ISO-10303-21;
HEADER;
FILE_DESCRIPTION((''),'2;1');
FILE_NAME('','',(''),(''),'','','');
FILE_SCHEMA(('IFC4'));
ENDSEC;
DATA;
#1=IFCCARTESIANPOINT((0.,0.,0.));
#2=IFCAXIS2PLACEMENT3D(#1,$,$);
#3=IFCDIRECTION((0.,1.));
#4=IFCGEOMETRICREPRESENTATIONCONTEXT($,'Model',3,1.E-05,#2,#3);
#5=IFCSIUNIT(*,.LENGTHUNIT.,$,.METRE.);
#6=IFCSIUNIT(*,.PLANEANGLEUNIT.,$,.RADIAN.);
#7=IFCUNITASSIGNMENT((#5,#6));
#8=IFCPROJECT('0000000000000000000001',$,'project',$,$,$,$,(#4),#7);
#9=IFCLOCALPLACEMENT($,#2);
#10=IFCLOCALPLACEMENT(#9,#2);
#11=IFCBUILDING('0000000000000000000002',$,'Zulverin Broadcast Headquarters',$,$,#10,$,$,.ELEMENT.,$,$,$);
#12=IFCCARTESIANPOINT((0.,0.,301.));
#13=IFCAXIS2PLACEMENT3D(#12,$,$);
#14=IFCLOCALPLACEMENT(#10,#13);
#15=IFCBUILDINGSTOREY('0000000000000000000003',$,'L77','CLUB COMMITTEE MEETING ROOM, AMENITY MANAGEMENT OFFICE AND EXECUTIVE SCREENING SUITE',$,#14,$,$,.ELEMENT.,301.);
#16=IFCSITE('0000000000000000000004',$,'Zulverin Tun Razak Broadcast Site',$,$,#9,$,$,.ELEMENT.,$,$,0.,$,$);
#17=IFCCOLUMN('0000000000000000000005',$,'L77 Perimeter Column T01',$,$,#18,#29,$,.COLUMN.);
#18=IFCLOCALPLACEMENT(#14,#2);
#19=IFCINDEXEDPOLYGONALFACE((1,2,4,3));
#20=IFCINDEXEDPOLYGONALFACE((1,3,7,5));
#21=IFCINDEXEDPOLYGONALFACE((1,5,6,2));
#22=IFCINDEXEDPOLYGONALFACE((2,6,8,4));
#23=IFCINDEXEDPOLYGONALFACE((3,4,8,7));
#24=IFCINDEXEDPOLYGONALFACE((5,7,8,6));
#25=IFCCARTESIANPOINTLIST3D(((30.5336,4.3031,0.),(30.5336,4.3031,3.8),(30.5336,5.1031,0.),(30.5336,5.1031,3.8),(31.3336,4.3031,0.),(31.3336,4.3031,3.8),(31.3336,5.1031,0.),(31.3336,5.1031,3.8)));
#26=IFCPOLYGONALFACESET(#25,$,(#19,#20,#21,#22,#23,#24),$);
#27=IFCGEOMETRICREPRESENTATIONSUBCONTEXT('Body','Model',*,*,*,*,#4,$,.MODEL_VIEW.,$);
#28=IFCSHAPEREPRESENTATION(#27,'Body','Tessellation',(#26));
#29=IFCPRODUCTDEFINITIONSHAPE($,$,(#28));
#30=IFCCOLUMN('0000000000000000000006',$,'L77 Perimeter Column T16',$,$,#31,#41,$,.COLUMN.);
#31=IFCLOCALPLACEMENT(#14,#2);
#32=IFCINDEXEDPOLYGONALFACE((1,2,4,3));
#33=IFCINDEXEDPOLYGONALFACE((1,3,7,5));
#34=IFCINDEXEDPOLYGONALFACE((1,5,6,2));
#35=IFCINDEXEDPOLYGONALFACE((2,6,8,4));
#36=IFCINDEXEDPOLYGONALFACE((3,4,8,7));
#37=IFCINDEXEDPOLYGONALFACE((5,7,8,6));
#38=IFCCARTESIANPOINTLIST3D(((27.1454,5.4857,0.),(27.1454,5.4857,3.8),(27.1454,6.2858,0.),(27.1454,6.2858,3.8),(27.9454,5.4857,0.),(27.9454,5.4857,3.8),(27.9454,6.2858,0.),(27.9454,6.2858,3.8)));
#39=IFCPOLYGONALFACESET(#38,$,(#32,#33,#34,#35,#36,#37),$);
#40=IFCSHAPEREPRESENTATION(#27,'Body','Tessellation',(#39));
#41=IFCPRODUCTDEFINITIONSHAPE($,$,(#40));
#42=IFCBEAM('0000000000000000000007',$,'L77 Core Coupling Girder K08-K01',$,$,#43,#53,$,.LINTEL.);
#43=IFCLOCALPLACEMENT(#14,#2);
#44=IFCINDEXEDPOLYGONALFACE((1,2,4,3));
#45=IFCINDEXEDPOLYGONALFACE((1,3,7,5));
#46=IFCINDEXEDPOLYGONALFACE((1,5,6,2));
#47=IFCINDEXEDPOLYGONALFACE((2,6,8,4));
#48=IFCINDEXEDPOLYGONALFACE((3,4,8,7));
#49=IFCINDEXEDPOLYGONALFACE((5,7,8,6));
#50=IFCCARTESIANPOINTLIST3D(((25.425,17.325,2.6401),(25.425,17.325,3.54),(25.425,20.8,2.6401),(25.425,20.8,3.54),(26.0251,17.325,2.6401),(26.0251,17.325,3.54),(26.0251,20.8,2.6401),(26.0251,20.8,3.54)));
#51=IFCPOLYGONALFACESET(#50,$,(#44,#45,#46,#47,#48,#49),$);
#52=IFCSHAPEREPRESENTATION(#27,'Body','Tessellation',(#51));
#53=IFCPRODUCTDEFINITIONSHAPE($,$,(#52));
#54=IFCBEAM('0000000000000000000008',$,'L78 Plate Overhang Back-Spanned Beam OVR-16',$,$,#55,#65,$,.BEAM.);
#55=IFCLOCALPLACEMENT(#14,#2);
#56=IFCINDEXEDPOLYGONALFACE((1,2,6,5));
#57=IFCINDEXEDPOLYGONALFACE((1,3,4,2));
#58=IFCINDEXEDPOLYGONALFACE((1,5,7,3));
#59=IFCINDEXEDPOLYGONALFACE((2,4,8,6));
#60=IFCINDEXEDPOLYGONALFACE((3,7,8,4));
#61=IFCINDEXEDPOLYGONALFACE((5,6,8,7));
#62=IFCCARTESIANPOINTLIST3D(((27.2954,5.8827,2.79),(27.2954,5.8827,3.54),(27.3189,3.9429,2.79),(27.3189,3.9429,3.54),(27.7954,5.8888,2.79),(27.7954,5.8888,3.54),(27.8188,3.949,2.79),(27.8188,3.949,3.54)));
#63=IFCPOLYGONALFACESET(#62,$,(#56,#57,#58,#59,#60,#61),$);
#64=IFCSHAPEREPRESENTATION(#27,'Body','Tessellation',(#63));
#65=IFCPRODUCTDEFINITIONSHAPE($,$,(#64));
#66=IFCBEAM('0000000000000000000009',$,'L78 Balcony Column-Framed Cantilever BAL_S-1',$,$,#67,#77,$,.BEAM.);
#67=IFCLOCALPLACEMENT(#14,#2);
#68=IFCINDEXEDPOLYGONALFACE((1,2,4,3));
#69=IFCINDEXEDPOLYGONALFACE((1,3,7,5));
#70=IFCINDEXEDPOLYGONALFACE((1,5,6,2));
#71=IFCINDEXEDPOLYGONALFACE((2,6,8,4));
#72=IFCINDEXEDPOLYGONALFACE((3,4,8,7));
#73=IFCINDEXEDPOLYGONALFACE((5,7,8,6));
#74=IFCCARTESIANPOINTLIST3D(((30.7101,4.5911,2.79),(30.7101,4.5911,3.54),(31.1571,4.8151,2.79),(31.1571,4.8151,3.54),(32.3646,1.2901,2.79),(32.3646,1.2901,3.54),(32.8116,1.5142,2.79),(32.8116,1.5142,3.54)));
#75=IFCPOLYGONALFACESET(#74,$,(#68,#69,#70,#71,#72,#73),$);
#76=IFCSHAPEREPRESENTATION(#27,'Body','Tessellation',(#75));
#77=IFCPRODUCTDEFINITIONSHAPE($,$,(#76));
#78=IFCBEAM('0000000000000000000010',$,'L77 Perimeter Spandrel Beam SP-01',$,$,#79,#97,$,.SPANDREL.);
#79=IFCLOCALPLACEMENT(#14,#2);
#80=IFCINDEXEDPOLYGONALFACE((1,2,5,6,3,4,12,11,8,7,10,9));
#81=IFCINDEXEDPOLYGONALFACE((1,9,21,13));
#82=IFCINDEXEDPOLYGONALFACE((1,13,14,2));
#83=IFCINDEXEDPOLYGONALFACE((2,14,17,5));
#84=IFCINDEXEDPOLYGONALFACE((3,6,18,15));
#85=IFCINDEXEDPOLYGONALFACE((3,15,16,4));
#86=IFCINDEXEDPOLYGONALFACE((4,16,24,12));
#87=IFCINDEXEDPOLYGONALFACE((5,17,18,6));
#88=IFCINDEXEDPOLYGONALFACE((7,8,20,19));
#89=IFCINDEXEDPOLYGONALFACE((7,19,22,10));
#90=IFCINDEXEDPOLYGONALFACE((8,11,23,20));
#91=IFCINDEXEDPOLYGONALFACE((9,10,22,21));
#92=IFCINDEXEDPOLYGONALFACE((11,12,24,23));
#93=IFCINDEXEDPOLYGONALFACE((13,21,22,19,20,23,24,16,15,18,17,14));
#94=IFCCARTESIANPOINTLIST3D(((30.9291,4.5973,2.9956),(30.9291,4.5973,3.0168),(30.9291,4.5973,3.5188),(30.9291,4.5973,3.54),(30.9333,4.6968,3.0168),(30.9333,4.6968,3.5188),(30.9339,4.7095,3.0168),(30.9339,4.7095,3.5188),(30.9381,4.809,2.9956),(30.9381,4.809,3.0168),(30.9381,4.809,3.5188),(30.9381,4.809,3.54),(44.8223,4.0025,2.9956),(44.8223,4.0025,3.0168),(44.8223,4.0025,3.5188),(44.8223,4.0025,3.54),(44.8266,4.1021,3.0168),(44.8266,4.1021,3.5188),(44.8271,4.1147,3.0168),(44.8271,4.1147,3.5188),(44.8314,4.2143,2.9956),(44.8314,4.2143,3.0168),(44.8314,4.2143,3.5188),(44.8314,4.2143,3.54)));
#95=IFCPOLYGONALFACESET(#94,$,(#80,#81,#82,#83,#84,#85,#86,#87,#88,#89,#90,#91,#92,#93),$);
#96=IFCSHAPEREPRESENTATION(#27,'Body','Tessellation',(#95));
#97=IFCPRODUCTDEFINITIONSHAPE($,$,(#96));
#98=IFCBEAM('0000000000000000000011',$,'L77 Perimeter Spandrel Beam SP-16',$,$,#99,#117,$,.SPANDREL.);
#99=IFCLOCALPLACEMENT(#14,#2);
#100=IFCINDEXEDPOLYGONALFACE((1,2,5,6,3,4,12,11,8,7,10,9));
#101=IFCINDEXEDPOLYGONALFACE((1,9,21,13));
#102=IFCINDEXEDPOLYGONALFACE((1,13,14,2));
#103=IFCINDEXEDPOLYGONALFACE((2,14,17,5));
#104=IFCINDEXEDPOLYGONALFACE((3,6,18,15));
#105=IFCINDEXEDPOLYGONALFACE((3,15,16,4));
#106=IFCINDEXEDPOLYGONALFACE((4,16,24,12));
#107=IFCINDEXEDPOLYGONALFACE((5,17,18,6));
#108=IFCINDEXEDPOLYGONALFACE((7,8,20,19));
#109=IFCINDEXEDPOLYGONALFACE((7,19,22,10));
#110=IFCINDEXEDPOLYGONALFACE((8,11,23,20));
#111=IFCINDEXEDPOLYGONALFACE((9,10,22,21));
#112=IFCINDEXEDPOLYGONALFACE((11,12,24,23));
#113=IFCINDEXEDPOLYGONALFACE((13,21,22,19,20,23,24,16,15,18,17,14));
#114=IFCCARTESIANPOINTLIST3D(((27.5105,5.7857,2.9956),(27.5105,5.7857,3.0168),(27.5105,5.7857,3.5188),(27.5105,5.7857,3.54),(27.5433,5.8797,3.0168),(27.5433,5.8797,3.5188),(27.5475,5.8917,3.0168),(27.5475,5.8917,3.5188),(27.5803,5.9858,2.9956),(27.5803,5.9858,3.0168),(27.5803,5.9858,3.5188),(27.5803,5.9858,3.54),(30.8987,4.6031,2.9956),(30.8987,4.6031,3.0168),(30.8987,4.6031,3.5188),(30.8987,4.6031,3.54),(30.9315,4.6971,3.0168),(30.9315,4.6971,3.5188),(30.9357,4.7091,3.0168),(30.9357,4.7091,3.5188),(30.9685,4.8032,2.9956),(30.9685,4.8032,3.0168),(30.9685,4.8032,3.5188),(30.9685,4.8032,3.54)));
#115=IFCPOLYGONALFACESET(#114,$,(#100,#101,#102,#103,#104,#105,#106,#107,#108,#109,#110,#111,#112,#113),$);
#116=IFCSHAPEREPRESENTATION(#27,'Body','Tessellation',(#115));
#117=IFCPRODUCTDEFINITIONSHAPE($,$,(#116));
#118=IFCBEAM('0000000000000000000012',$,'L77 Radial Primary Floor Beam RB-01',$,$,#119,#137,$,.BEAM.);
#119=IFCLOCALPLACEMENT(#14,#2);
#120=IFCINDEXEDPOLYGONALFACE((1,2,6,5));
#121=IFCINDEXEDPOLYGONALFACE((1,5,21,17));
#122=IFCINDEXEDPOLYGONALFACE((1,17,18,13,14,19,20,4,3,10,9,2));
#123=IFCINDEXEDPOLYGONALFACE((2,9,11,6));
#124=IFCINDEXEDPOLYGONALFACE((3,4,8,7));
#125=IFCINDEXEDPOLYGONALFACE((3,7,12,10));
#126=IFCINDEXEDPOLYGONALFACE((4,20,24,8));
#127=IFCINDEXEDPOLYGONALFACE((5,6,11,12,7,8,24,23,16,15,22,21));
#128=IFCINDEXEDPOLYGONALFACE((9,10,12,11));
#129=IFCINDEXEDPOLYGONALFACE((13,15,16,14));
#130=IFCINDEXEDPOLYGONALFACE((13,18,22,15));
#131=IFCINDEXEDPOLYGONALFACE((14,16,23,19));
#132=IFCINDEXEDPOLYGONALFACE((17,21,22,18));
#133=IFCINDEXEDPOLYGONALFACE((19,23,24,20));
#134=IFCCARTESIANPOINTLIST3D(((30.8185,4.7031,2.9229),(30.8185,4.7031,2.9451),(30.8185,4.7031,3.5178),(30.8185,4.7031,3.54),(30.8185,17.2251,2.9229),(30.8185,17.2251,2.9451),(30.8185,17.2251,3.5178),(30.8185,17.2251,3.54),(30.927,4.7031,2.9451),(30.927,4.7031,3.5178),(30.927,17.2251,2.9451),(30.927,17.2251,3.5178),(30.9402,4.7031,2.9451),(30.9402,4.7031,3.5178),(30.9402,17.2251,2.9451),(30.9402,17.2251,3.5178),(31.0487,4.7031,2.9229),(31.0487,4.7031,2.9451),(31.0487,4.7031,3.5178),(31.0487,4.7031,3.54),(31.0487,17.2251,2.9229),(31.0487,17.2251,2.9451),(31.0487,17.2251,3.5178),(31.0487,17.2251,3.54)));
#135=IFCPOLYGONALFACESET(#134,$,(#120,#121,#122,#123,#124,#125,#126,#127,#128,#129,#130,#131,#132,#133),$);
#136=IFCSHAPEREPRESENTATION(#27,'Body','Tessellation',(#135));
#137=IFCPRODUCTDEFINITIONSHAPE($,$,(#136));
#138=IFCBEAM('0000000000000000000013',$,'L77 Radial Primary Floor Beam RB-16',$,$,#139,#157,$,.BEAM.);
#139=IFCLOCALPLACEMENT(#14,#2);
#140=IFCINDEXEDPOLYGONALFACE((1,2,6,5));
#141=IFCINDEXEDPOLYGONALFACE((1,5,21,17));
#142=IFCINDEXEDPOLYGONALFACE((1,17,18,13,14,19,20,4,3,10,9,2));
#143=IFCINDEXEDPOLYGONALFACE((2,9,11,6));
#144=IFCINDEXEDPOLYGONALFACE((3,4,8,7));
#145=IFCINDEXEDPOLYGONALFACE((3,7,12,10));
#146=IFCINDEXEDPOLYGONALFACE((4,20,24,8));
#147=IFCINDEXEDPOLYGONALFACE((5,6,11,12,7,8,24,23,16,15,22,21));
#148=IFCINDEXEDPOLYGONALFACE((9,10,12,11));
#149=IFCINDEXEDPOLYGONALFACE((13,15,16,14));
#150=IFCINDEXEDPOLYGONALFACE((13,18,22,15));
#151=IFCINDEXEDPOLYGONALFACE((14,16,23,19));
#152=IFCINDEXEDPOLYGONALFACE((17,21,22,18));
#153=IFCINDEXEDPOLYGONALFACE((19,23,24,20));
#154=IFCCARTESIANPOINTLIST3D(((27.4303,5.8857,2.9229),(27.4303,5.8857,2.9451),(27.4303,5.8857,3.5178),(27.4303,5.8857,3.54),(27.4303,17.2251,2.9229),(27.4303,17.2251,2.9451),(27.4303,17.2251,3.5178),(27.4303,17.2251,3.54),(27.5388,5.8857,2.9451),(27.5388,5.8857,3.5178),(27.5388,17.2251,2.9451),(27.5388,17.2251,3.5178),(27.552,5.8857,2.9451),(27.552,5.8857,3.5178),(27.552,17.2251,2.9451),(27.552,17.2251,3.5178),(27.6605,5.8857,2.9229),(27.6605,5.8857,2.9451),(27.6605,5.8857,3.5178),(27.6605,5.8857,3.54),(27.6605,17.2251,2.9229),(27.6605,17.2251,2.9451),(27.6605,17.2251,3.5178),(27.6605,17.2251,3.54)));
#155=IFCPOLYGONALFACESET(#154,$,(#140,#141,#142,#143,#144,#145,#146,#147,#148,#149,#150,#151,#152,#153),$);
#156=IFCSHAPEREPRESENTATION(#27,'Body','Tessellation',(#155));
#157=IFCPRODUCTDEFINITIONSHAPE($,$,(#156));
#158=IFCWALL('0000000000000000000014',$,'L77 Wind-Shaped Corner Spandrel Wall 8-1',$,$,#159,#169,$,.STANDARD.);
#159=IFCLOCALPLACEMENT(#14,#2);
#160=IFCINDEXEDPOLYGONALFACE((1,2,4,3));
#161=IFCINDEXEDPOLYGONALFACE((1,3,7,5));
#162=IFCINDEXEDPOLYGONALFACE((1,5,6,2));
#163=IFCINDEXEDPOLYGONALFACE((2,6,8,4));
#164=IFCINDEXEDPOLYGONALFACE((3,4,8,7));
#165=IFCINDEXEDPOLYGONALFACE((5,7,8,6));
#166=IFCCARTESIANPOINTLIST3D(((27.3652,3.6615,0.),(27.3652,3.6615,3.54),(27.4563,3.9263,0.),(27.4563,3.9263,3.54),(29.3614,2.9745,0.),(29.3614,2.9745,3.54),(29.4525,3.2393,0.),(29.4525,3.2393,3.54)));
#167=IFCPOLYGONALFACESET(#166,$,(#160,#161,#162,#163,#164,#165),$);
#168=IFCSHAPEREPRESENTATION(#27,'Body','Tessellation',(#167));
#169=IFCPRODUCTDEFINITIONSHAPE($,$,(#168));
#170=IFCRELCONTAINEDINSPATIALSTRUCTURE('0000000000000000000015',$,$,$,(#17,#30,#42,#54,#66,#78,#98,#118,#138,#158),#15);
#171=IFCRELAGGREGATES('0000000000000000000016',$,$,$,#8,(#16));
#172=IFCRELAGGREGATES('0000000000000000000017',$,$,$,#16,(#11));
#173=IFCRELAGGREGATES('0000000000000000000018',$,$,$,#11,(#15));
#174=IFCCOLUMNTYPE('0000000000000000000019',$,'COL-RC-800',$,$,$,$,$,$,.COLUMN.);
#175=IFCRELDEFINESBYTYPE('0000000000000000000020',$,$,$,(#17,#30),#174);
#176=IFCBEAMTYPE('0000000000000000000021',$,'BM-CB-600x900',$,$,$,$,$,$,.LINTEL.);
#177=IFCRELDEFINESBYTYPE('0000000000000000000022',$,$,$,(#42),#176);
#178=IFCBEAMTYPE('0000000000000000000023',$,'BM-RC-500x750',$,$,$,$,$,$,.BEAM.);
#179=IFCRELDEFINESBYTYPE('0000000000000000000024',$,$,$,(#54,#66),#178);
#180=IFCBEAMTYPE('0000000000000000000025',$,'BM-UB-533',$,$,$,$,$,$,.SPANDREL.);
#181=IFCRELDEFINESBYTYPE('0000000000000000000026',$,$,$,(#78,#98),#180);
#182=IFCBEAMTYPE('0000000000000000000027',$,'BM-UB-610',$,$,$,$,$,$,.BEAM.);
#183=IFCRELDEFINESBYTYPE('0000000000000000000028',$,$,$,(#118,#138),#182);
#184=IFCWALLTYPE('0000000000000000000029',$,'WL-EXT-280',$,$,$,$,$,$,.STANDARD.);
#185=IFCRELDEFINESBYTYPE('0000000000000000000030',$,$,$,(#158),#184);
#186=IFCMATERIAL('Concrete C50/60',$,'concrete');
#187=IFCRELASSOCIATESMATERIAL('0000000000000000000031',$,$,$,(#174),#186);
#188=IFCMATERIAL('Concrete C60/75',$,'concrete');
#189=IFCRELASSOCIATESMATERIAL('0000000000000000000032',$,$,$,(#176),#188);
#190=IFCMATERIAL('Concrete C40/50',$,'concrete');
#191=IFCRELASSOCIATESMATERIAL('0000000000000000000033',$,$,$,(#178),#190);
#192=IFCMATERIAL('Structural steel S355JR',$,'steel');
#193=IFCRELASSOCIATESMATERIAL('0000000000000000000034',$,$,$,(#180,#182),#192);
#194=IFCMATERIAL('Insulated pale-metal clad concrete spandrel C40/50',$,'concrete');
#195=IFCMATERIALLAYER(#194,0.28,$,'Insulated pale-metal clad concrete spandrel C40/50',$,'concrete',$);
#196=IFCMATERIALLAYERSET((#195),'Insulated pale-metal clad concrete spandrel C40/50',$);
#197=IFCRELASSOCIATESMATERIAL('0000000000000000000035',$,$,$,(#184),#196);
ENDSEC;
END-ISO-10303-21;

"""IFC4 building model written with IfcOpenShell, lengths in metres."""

from ifc_helpers import new_model, si_unit, direction, frame, frame_2d, origin, origin_2d, place, context, subcontext, project, spatial, rectangle, i_section, extrude, material, layer, layer_set, material_profile, profile_set, type_object, element, save


model = new_model("IFC4")

# Units and contexts
model_context = context("Model", 3, precision=1e-05, world=origin(), true_north=direction((0.0, 1.0)))
body_context = subcontext(model_context, "Body", "Model", "MODEL_VIEW")
ifc_project = project(units=[si_unit("LENGTHUNIT", "METRE"), si_unit("PLANEANGLEUNIT", "RADIAN")], contexts=[model_context])

# Site, building, storey
site_placement = place(None, origin())
site = spatial("IfcSite", under=ifc_project, at=site_placement, Name="Zulverin Tun Razak Broadcast Site", CompositionType="ELEMENT", RefElevation=0.0)
building_placement = place(site_placement, origin())
building = spatial("IfcBuilding", under=site, at=building_placement, Name="Zulverin Broadcast Headquarters", CompositionType="ELEMENT")
storey_placement = place(building_placement, frame((0.0, 0.0, 301.0)))
storey = spatial("IfcBuildingStorey", under=building, at=storey_placement, Name="L77", Description="CLUB COMMITTEE MEETING ROOM, AMENITY MANAGEMENT OFFICE AND EXECUTIVE SCREENING SUITE", CompositionType="ELEMENT", Elevation=301.0)

# Columns
ifc_material_1 = material(Name="Concrete C50/60", Category="concrete")
ifc_material_profile_1 = material_profile(ifc_material_1, rectangle(XDim=0.8, YDim=0.8, at=origin_2d()), Name="Concrete C50/60", Category="concrete")
ifc_profile_set_1 = profile_set([ifc_material_profile_1], Name="Concrete C50/60")
column_type = type_object("IfcColumnType", Name="COL-RC-800", PredefinedType="COLUMN", material=ifc_profile_set_1)
for number, where, z_axis, x_axis, name in (
    (1, (30.9336, 4.7031, 0.0), (0.0, 0.0, 1.0), (1.0, 0.0, 0.0), "L77 Perimeter Column T01"),
    (2, (27.5454, 5.8857, 0.0), (0.0, 0.0, 1.0), (1.0, 0.0, 0.0), "L77 Perimeter Column T16"),
):
    element("IfcColumn", number, at=place(storey_placement, frame(where, z_axis=z_axis, x_axis=x_axis)), inside=storey, type_object=column_type, Name=name, PredefinedType="COLUMN", context=body_context, shape_type="SweptSolid", body=[
        extrude(rectangle(XDim=0.8, YDim=0.8, at=origin_2d()), origin(), (0.0, 0.0, 1.0), 3.8),
    ])

# Beams
ifc_material_2 = material(Name="Concrete C60/75", Category="concrete")
ifc_material_profile_2 = material_profile(ifc_material_2, rectangle(XDim=0.6001, YDim=0.8999, at=origin_2d()), Name="Concrete C60/75", Category="concrete")
ifc_profile_set_2 = profile_set([ifc_material_profile_2], Name="Concrete C60/75")
beam_type_1 = type_object("IfcBeamType", Name="BM-CB-600x900", PredefinedType="LINTEL", material=ifc_profile_set_2)
beam_1_placement = place(storey_placement, frame((25.7251, 20.8, 3.0901), z_axis=(0.0, -1.0, 0.0), x_axis=(1.0, 0.0, 0.0)))
element("IfcBeam", 3, at=beam_1_placement, inside=storey, type_object=beam_type_1, Name="L77 Core Coupling Girder K08-K01", PredefinedType="LINTEL", context=body_context, shape_type="SweptSolid", body=[
    extrude(rectangle(XDim=0.6001, YDim=0.8999, at=origin_2d()), origin(), (0.0, 0.0, 1.0), 3.4751),
])
ifc_material_3 = material(Name="Concrete C40/50", Category="concrete")
ifc_material_profile_3 = material_profile(ifc_material_3, rectangle(XDim=0.5, YDim=0.75, at=origin_2d()), Name="Concrete C40/50", Category="concrete")
ifc_profile_set_3 = profile_set([ifc_material_profile_3], Name="Concrete C40/50")
beam_type_2 = type_object("IfcBeamType", Name="BM-RC-500x750", PredefinedType="BEAM", material=ifc_profile_set_3)
beam_2_placement = place(storey_placement, frame((27.5454, 5.8857, 3.165), z_axis=(0.012082, -0.999927, 0.0), x_axis=(0.999927, 0.012082, 0.0)))
element("IfcBeam", 4, at=beam_2_placement, inside=storey, type_object=beam_type_2, Name="L78 Plate Overhang Back-Spanned Beam OVR-16", PredefinedType="BEAM", context=body_context, shape_type="SweptSolid", body=[
    extrude(rectangle(XDim=0.5, YDim=0.75, at=origin_2d()), origin(), (0.0, 0.0, 1.0), 1.9399),
])
beam_3_placement = place(storey_placement, frame((30.9336, 4.7031, 3.165), z_axis=(0.448086, -0.89399, 0.0), x_axis=(0.89399, 0.448086, 0.0)))
element("IfcBeam", 5, at=beam_3_placement, inside=storey, type_object=beam_type_2, Name="L78 Balcony Column-Framed Cantilever BAL_S-1", PredefinedType="BEAM", context=body_context, shape_type="SweptSolid", body=[
    extrude(rectangle(XDim=0.5, YDim=0.75, at=origin_2d()), origin(), (0.0, 0.0, 1.0), 3.6924),
])
ifc_material_4 = material(Name="Structural steel S355JR", Category="steel")
ifc_material_profile_4 = material_profile(ifc_material_4, i_section(OverallWidth=0.2119, OverallDepth=0.5444, WebThickness=0.0127, FlangeThickness=0.0212, at=origin_2d()), Name="Structural steel S355JR", Category="steel")
ifc_profile_set_4 = profile_set([ifc_material_profile_4], Name="Structural steel S355JR")
beam_type_3 = type_object("IfcBeamType", Name="BM-UB-533", PredefinedType="SPANDREL", material=ifc_profile_set_4)
beam_4_placement = place(storey_placement, frame((30.9336, 4.7031, 3.2678), z_axis=(0.999085, -0.042768, 0.0), x_axis=(0.042768, 0.999085, 0.0)))
element("IfcBeam", 6, at=beam_4_placement, inside=storey, type_object=beam_type_3, Name="L77 Perimeter Spandrel Beam SP-01", PredefinedType="SPANDREL", context=body_context, shape_type="SweptSolid", body=[
    extrude(i_section(OverallWidth=0.2119, OverallDepth=0.5444, WebThickness=0.0127, FlangeThickness=0.0212, at=origin_2d()), origin(), (0.0, 0.0, 1.0), 13.906),
])
beam_5_placement = place(storey_placement, frame((27.5454, 5.8857, 3.2678), z_axis=(0.94414, -0.329544, 0.0), x_axis=(0.329544, 0.94414, 0.0)))
element("IfcBeam", 7, at=beam_5_placement, inside=storey, type_object=beam_type_3, Name="L77 Perimeter Spandrel Beam SP-16", PredefinedType="SPANDREL", context=body_context, shape_type="SweptSolid", body=[
    extrude(i_section(OverallWidth=0.2119, OverallDepth=0.5444, WebThickness=0.0127, FlangeThickness=0.0212, at=origin_2d()), origin(), (0.0, 0.0, 1.0), 3.5886),
])
ifc_material_profile_5 = material_profile(ifc_material_4, i_section(OverallWidth=0.2302, OverallDepth=0.6172, WebThickness=0.0132, FlangeThickness=0.0222, at=origin_2d()), Name="Structural steel S355JR", Category="steel")
ifc_profile_set_5 = profile_set([ifc_material_profile_5], Name="Structural steel S355JR")
beam_type_4 = type_object("IfcBeamType", Name="BM-UB-610", PredefinedType="BEAM", material=ifc_profile_set_5)
beam_6_placement = place(storey_placement, frame((30.9336, 17.2251, 3.2314), z_axis=(0.0, -1.0, 0.0), x_axis=(1.0, 0.0, 0.0)))
element("IfcBeam", 8, at=beam_6_placement, inside=storey, type_object=beam_type_4, Name="L77 Radial Primary Floor Beam RB-01", PredefinedType="BEAM", context=body_context, shape_type="SweptSolid", body=[
    extrude(i_section(OverallWidth=0.2302, OverallDepth=0.6172, WebThickness=0.0132, FlangeThickness=0.0222, at=origin_2d()), origin(), (0.0, 0.0, 1.0), 12.522),
])
beam_7_placement = place(storey_placement, frame((27.5454, 17.2251, 3.2314), z_axis=(0.0, -1.0, 0.0), x_axis=(1.0, 0.0, 0.0)))
element("IfcBeam", 9, at=beam_7_placement, inside=storey, type_object=beam_type_4, Name="L77 Radial Primary Floor Beam RB-16", PredefinedType="BEAM", context=body_context, shape_type="SweptSolid", body=[
    extrude(i_section(OverallWidth=0.2302, OverallDepth=0.6172, WebThickness=0.0132, FlangeThickness=0.0222, at=origin_2d()), origin(), (0.0, 0.0, 1.0), 11.3394),
])

# Wall
ifc_material_5 = material(Name="Insulated pale-metal clad concrete spandrel C40/50", Category="concrete")
ifc_layer_1 = layer(ifc_material_5, 0.28, Name="Insulated pale-metal clad concrete spandrel C40/50", Category="concrete")
ifc_layer_set_1 = layer_set([ifc_layer_1], Name="Insulated pale-metal clad concrete spandrel C40/50")
wall_type_1 = type_object("IfcWallType", Name="WL-EXT-280", PredefinedType="STANDARD", material=ifc_layer_set_1)
wall_1_placement = place(storey_placement, frame((27.4106, 3.7939, 0.0), z_axis=(0.0, 0.0, 1.0), x_axis=(0.945562, -0.325442, 0.0)))
element("IfcWall", 10, at=wall_1_placement, inside=storey, type_object=wall_type_1, Name="L77 Wind-Shaped Corner Spandrel Wall 8-1", PredefinedType="STANDARD", context=body_context, shape_type="SweptSolid", body=[
    extrude(rectangle(XDim=2.1111, YDim=0.28, at=frame_2d((1.0557, 0.0))), origin(), (0.0, 0.0, 1.0), 3.54),
])

save(model, "model.ifc")
